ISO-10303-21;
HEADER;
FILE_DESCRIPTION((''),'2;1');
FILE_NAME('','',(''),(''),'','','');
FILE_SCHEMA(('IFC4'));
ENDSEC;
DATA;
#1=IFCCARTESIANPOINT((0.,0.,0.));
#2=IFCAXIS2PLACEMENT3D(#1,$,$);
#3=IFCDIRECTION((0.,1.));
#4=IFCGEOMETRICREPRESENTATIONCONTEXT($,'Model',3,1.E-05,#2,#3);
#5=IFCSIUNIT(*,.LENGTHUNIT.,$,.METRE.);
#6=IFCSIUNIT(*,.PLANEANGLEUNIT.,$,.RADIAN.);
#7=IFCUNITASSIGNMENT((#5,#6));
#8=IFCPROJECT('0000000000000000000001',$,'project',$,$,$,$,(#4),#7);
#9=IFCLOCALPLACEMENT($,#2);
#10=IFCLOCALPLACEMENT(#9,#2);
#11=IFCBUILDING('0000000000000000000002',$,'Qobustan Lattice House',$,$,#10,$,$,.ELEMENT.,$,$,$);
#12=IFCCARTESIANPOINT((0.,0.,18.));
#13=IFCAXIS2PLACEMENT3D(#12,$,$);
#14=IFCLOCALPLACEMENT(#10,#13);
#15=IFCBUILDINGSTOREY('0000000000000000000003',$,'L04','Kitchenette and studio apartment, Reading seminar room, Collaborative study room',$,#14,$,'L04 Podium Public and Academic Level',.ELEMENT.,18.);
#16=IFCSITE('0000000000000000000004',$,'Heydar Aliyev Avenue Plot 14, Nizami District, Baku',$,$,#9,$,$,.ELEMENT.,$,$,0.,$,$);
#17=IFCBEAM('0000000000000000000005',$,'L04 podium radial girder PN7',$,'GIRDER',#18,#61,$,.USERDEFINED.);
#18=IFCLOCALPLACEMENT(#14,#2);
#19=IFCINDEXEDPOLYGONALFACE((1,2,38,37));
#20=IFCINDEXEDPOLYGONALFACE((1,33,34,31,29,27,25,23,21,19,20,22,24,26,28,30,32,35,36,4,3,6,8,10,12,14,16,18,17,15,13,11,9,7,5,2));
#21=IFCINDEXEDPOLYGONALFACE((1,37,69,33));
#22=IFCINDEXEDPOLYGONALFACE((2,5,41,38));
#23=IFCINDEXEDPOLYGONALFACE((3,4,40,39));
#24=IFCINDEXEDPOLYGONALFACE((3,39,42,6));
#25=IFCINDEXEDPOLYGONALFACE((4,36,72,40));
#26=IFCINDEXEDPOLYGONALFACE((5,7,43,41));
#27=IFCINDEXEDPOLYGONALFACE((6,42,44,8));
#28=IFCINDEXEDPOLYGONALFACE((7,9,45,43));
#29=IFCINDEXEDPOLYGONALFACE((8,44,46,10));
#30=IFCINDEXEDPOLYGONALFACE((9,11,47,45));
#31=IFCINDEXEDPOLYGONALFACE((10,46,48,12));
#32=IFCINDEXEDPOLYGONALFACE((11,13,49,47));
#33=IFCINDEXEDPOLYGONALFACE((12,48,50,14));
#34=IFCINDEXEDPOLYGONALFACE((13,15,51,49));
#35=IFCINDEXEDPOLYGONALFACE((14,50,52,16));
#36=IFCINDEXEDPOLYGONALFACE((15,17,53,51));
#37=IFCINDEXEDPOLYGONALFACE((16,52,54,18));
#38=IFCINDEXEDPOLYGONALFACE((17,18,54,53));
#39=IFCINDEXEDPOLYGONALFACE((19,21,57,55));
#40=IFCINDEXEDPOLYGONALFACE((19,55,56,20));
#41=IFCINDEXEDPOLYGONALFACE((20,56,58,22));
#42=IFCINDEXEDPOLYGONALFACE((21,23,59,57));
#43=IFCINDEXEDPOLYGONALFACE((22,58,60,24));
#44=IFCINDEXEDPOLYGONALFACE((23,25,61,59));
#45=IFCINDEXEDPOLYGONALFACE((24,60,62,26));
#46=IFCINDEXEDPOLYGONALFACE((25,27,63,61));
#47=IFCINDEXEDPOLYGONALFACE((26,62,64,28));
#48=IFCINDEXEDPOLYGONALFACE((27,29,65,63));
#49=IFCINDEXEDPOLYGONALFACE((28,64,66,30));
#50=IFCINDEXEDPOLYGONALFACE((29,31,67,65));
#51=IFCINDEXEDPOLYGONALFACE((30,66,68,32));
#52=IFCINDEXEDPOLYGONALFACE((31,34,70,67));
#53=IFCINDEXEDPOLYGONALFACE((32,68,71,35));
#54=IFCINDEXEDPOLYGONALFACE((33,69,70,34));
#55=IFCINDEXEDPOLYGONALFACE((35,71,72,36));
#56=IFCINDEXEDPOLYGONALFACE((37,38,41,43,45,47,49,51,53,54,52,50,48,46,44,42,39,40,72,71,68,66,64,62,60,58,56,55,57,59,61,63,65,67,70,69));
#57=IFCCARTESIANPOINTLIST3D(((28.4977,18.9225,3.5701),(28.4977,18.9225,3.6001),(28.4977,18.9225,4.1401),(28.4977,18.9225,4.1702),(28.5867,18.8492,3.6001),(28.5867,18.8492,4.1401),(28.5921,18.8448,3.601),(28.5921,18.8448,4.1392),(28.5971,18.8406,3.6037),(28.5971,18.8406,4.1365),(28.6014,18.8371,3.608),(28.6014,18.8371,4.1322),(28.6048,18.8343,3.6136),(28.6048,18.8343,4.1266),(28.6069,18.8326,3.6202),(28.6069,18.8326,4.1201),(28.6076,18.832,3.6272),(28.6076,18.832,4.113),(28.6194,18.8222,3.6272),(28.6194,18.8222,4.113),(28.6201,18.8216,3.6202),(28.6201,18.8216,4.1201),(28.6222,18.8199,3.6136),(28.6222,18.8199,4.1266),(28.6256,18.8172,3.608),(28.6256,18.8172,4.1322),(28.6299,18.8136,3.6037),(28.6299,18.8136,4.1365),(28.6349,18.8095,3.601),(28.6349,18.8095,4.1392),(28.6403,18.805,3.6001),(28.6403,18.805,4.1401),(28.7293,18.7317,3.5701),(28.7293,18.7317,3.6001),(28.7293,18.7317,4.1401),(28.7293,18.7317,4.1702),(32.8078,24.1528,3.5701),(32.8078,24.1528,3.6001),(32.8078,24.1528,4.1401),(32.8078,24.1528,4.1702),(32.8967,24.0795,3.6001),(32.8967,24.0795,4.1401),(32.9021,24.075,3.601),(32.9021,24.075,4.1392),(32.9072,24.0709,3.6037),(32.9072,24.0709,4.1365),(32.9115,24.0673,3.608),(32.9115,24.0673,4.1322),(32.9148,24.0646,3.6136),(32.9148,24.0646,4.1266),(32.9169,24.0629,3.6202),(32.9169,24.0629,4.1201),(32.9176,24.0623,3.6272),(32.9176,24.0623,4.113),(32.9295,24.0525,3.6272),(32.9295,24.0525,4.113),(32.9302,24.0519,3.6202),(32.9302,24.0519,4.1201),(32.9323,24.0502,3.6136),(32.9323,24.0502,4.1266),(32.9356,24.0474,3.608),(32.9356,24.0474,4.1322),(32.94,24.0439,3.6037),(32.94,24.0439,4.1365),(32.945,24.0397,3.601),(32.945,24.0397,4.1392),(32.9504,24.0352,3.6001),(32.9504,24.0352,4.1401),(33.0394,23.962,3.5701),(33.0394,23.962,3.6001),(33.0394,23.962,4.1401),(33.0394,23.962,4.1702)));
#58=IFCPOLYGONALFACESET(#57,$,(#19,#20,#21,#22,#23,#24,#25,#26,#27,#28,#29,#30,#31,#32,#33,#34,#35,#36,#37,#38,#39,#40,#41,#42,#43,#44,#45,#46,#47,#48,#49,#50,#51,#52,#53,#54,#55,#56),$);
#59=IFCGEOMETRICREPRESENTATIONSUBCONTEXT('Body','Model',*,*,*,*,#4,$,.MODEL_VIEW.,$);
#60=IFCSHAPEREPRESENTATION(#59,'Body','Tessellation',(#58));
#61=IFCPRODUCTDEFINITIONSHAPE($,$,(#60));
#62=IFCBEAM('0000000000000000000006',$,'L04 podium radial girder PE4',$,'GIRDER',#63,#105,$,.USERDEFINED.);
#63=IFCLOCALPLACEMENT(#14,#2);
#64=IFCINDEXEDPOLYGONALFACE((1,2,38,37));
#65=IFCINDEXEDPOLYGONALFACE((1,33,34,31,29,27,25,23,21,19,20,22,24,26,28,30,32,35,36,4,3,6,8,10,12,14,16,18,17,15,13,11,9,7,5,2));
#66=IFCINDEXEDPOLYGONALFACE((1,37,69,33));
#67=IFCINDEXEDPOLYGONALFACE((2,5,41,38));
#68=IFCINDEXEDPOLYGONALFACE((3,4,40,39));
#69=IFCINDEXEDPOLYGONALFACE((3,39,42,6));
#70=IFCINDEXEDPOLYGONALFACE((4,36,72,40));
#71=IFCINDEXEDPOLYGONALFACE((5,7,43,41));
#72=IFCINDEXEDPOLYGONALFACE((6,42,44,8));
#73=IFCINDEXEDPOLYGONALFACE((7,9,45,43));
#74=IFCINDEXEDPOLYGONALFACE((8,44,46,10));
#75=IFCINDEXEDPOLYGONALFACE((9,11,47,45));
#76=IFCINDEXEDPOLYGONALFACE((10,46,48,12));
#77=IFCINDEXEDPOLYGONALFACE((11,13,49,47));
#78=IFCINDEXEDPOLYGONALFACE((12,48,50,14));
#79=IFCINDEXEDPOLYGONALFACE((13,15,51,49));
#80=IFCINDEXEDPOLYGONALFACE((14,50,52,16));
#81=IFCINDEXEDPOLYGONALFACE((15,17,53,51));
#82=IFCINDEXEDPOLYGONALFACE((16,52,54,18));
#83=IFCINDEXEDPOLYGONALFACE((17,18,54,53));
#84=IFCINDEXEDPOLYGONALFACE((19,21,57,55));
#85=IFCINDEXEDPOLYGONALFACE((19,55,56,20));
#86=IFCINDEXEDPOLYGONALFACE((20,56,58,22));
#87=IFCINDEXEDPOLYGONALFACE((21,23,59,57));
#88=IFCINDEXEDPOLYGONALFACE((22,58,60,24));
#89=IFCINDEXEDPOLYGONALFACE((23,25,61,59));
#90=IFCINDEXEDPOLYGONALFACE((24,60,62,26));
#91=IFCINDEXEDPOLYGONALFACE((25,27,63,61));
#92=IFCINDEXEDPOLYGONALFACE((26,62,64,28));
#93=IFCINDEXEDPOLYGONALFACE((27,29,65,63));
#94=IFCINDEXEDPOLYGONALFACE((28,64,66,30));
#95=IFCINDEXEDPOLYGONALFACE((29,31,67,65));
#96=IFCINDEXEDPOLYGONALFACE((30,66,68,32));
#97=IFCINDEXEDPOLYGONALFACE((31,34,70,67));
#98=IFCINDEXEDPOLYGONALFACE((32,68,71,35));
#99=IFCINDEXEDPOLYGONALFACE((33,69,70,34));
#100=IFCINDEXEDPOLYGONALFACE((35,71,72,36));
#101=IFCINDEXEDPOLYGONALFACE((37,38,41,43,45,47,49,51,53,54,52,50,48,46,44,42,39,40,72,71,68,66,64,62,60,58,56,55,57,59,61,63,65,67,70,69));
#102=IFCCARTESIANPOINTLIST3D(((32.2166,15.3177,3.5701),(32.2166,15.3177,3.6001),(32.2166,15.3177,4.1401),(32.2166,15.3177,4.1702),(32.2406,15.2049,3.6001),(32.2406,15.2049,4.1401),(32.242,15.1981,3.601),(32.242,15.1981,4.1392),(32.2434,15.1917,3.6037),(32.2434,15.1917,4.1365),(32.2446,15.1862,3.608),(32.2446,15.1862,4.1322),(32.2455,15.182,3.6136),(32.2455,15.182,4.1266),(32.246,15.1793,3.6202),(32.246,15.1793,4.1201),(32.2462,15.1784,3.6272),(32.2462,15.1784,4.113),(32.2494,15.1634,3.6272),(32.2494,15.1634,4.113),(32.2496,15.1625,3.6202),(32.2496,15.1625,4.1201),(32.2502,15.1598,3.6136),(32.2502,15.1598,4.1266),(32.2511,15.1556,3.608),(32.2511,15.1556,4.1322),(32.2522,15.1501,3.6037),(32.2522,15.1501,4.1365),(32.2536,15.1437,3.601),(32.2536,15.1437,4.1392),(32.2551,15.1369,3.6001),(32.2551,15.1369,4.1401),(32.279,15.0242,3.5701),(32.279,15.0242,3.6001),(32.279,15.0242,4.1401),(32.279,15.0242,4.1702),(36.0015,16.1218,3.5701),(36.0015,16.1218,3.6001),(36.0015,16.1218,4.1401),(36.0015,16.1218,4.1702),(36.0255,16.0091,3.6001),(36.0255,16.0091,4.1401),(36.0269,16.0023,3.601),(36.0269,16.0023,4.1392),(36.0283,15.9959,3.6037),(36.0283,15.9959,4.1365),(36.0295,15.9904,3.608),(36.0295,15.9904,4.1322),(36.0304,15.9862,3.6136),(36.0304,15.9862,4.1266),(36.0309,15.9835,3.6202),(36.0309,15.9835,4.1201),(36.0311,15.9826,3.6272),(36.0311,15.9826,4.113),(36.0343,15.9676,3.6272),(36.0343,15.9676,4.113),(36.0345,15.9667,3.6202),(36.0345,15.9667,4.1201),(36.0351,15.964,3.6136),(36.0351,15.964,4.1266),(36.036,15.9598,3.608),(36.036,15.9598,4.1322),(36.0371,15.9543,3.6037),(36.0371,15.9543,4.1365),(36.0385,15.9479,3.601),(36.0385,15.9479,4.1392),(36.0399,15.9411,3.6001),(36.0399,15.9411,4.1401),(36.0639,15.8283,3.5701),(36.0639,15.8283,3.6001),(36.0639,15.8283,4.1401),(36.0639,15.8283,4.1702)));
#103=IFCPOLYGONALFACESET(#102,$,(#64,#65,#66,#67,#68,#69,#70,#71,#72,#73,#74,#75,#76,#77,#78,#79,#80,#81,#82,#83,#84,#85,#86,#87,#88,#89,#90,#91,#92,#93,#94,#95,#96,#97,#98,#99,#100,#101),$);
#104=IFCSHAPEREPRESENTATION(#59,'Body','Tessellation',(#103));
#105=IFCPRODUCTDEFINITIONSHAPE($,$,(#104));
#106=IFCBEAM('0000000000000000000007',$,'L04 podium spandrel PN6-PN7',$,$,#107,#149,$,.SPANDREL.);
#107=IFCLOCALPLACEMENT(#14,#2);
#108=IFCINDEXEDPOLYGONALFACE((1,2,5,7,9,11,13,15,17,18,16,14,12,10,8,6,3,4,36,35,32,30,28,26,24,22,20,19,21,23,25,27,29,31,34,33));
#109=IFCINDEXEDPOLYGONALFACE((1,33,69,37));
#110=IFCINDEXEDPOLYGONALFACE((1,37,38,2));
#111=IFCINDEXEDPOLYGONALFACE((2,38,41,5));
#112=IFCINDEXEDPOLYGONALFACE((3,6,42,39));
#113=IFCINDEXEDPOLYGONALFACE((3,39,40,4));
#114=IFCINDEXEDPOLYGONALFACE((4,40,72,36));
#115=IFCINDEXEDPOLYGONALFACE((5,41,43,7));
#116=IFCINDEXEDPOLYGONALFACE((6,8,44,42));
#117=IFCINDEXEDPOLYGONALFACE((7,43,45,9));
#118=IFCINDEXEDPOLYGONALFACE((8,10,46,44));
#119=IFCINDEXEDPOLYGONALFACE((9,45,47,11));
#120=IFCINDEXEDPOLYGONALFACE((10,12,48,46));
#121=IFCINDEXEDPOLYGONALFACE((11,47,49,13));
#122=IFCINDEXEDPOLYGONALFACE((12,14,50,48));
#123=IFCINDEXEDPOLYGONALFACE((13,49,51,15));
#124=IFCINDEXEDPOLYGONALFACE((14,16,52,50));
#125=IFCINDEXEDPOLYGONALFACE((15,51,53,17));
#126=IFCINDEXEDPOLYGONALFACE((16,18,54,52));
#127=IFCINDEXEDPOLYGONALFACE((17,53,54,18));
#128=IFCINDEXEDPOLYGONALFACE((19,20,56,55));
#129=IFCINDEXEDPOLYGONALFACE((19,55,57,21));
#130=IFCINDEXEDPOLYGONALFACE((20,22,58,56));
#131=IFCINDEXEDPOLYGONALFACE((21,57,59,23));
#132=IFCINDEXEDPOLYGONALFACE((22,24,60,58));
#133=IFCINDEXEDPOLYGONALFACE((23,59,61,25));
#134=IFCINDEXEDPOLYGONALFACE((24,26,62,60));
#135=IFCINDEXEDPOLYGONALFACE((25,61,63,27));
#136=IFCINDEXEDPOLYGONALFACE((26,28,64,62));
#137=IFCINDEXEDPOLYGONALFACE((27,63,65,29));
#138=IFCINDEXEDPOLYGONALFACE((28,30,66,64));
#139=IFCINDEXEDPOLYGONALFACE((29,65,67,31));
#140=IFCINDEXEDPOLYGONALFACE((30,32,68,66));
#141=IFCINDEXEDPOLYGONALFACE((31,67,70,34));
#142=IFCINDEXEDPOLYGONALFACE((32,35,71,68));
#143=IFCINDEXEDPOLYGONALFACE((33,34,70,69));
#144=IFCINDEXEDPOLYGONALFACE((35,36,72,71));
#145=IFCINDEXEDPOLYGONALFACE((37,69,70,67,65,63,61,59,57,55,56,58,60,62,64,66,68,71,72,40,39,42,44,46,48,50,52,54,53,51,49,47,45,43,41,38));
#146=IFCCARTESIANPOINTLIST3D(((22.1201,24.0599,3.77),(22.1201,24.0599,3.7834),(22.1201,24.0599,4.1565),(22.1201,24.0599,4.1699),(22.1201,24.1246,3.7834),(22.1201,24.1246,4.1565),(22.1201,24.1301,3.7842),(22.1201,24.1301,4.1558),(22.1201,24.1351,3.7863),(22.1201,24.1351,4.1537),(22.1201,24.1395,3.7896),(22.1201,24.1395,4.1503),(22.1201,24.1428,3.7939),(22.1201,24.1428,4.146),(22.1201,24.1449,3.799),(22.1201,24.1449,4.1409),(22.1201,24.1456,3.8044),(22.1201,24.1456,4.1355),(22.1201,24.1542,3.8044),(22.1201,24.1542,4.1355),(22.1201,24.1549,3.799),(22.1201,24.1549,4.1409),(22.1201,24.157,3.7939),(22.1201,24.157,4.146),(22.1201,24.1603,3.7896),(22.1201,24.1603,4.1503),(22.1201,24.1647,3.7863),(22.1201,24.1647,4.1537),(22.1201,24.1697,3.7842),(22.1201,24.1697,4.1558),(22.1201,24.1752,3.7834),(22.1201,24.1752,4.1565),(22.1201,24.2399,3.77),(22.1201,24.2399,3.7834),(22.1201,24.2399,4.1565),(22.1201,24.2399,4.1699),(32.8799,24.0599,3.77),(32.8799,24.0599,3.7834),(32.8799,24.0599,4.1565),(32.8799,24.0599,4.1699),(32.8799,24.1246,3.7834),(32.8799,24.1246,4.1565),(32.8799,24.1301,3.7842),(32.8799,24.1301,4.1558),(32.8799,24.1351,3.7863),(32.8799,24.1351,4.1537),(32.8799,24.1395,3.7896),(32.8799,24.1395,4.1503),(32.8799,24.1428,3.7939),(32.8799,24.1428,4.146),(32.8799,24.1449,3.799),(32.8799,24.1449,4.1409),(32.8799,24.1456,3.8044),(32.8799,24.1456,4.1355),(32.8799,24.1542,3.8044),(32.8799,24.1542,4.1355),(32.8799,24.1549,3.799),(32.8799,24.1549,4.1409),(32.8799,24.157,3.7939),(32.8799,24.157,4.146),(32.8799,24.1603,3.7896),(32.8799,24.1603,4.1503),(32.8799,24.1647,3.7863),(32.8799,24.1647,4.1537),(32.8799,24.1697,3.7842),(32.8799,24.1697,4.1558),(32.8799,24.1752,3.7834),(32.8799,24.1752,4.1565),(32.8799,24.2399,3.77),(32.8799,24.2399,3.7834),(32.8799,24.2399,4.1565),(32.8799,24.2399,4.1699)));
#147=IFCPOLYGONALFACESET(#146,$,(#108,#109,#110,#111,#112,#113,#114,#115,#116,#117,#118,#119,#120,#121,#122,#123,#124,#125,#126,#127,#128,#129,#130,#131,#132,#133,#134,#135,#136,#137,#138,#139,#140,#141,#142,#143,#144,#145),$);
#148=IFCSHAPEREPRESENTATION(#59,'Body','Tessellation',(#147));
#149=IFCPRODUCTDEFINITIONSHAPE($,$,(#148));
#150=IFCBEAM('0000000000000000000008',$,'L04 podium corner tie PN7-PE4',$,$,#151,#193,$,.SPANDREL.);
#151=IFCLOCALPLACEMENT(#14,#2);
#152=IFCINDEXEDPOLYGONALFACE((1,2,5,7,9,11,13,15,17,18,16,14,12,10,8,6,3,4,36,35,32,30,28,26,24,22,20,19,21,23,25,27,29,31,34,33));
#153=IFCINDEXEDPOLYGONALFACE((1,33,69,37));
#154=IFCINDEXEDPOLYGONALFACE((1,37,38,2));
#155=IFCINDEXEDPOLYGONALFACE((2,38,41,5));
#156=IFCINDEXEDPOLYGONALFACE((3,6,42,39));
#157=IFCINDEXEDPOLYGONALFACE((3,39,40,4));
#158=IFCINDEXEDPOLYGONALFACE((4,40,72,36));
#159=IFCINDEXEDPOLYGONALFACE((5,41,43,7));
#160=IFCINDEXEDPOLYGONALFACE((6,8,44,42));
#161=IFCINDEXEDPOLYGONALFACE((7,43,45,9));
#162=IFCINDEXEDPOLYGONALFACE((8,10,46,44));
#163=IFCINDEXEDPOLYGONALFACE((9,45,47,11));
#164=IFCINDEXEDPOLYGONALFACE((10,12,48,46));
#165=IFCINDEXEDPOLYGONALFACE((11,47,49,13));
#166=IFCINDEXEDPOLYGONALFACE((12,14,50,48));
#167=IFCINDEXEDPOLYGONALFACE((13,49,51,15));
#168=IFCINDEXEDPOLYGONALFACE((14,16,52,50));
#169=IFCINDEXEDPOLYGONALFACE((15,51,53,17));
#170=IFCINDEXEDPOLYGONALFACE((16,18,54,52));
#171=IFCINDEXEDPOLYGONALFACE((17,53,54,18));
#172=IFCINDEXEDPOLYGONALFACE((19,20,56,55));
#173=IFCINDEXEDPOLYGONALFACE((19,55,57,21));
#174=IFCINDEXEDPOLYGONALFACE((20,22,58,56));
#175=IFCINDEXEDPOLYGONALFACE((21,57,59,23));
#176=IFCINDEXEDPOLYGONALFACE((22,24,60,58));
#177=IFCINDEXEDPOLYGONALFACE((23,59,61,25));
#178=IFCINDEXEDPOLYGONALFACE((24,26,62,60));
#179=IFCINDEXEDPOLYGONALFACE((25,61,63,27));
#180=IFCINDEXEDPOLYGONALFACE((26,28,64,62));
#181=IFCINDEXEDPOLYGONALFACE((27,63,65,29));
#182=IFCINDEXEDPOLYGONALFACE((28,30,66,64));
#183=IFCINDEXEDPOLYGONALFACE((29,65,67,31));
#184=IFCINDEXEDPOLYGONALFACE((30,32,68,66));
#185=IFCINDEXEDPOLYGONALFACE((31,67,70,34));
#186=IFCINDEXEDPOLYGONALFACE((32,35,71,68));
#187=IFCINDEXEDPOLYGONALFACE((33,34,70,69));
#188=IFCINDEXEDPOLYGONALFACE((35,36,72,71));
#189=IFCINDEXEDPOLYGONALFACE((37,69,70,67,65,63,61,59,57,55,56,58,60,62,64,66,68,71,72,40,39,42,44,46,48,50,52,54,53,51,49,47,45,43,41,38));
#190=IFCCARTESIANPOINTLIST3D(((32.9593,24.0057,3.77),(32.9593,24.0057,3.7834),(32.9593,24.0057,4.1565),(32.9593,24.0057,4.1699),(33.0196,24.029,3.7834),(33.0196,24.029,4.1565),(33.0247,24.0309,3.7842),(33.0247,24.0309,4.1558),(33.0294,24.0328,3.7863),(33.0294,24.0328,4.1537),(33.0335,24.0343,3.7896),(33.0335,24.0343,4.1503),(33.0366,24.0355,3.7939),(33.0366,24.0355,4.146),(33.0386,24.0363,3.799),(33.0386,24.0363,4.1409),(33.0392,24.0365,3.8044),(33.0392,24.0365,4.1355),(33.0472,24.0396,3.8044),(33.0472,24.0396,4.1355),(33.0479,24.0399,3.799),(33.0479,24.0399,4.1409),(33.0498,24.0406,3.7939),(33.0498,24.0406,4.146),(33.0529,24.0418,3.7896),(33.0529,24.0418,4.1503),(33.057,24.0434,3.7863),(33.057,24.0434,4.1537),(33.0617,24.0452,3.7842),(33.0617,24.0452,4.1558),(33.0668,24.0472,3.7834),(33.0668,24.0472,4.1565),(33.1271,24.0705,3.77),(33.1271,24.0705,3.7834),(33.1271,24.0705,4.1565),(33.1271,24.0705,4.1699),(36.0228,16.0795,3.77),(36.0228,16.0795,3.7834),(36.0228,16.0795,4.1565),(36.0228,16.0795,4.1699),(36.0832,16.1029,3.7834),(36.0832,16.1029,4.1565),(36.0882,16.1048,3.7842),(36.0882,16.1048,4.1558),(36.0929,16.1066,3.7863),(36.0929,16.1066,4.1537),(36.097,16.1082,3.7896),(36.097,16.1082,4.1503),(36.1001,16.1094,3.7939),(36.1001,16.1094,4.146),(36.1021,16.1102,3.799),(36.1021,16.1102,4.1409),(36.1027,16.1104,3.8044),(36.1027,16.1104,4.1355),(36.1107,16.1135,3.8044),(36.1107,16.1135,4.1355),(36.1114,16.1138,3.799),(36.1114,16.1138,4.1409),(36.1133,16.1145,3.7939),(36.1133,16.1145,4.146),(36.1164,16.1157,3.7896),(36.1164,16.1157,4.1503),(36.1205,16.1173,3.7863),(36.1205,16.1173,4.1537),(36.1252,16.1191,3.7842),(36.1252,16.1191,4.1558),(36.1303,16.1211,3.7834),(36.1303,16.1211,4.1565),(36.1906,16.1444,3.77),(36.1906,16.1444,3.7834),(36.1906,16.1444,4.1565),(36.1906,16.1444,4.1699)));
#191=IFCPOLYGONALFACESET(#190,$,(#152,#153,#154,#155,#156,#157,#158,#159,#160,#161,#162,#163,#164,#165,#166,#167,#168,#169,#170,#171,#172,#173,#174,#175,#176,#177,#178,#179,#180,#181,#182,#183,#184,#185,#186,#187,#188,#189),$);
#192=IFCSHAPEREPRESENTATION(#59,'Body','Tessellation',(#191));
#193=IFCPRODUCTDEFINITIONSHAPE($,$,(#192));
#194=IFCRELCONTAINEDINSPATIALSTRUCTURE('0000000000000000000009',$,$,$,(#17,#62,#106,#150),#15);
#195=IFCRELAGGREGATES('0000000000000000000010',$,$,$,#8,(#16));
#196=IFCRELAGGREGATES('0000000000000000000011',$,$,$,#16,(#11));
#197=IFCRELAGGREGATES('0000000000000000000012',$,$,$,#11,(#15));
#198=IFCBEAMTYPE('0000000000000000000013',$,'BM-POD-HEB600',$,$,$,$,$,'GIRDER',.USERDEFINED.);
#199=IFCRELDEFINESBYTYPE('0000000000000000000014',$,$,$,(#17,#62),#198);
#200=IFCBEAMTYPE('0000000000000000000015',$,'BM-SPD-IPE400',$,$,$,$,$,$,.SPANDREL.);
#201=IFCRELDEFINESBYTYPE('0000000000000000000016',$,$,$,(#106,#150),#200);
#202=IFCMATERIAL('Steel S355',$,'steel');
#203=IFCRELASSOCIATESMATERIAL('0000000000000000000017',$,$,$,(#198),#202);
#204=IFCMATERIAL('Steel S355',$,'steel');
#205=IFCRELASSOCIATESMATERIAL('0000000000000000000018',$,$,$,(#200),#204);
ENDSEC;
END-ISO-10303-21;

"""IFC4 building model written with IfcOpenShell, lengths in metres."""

from ifc_helpers import new_model, si_unit, direction, frame, origin, origin_2d, place, context, subcontext, project, spatial, i_section, extrude, material, material_profile, profile_set, type_object, element, save


model = new_model("IFC4")

# Units and contexts
model_context = context("Model", 3, precision=1e-05, world=origin(), true_north=direction((0.0, 1.0)))
body_context = subcontext(model_context, "Body", "Model", "MODEL_VIEW")
ifc_project = project(units=[si_unit("LENGTHUNIT", "METRE"), si_unit("PLANEANGLEUNIT", "RADIAN")], contexts=[model_context])

# Site, building, storey
site_placement = place(None, origin())
site = spatial("IfcSite", under=ifc_project, at=site_placement, Name="Heydar Aliyev Avenue Plot 14, Nizami District, Baku", CompositionType="ELEMENT", RefElevation=0.0)
building_placement = place(site_placement, origin())
building = spatial("IfcBuilding", under=site, at=building_placement, Name="Qobustan Lattice House", CompositionType="ELEMENT")
storey_placement = place(building_placement, frame((0.0, 0.0, 18.0)))
storey = spatial("IfcBuildingStorey", under=building, at=storey_placement, Name="L04", Description="Kitchenette and studio apartment, Reading seminar room, Collaborative study room", LongName="L04 Podium Public and Academic Level", CompositionType="ELEMENT", Elevation=18.0)

# Beams
ifc_material_1 = material(Name="Steel S355", Category="steel")
ifc_material_profile_1 = material_profile(ifc_material_1, i_section(OverallWidth=0.3, OverallDepth=0.6001, WebThickness=0.0154, FlangeThickness=0.03, FilletRadius=0.0271, at=origin_2d()), Name="HEB600")
ifc_profile_set_1 = profile_set([ifc_material_profile_1], Name="Steel S355")
beam_type_1 = type_object("IfcBeamType", Name="BM-POD-HEB600", ElementType="GIRDER", PredefinedType="USERDEFINED", material=ifc_profile_set_1)
beam_1_placement = place(storey_placement, frame((32.9236, 24.0574, 3.8701), z_axis=(-0.635955, -0.771726, 0.0), x_axis=(0.771726, -0.635955, 0.0)))
element("IfcBeam", 1, at=beam_1_placement, inside=storey, type_object=beam_type_1, Name="L04 podium radial girder PN7", ObjectType="GIRDER", PredefinedType="USERDEFINED", context=body_context, shape_type="SweptSolid", body=[
    extrude(i_section(OverallWidth=0.3, OverallDepth=0.6001, WebThickness=0.0154, FlangeThickness=0.03, FilletRadius=0.0271, at=origin_2d()), origin(), (0.0, 0.0, 1.0), 6.7773),
])
beam_2_placement = place(storey_placement, frame((36.0327, 15.9751, 3.8701), z_axis=(-0.978164, -0.207835, 0.0), x_axis=(0.207835, -0.978164, 0.0)))
element("IfcBeam", 2, at=beam_2_placement, inside=storey, type_object=beam_type_1, Name="L04 podium radial girder PE4", ObjectType="GIRDER", PredefinedType="USERDEFINED", context=body_context, shape_type="SweptSolid", body=[
    extrude(i_section(OverallWidth=0.3, OverallDepth=0.6001, WebThickness=0.0154, FlangeThickness=0.03, FilletRadius=0.0271, at=origin_2d()), origin(), (0.0, 0.0, 1.0), 3.8694),
])
ifc_material_2 = material(Name="Steel S355", Category="steel")
ifc_material_profile_2 = material_profile(ifc_material_2, i_section(OverallWidth=0.1799, OverallDepth=0.3999, WebThickness=0.0085, FlangeThickness=0.0134, FilletRadius=0.021, at=origin_2d()), Name="IPE400")
ifc_profile_set_2 = profile_set([ifc_material_profile_2], Name="Steel S355")
beam_type_2 = type_object("IfcBeamType", Name="BM-SPD-IPE400", PredefinedType="SPANDREL", material=ifc_profile_set_2)
beam_3_placement = place(storey_placement, frame((22.1201, 24.1499, 3.97), z_axis=(1.0, 0.0, 0.0), x_axis=(0.0, 1.0, 0.0)))
element("IfcBeam", 3, at=beam_3_placement, inside=storey, type_object=beam_type_2, Name="L04 podium spandrel PN6-PN7", PredefinedType="SPANDREL", context=body_context, shape_type="SweptSolid", body=[
    extrude(i_section(OverallWidth=0.1799, OverallDepth=0.3999, WebThickness=0.0085, FlangeThickness=0.0134, FilletRadius=0.021, at=origin_2d()), origin(), (0.0, 0.0, 1.0), 10.7598),
])
beam_4_placement = place(storey_placement, frame((33.0432, 24.0381, 3.97), z_axis=(0.360517, -0.932753, 0.0), x_axis=(0.932753, 0.360517, 0.0)))
element("IfcBeam", 4, at=beam_4_placement, inside=storey, type_object=beam_type_2, Name="L04 podium corner tie PN7-PE4", PredefinedType="SPANDREL", context=body_context, shape_type="SweptSolid", body=[
    extrude(i_section(OverallWidth=0.1799, OverallDepth=0.3999, WebThickness=0.0085, FlangeThickness=0.0134, FilletRadius=0.021, at=origin_2d()), origin(), (0.0, 0.0, 1.0), 8.4976),
])

save(model, "model.ifc")
